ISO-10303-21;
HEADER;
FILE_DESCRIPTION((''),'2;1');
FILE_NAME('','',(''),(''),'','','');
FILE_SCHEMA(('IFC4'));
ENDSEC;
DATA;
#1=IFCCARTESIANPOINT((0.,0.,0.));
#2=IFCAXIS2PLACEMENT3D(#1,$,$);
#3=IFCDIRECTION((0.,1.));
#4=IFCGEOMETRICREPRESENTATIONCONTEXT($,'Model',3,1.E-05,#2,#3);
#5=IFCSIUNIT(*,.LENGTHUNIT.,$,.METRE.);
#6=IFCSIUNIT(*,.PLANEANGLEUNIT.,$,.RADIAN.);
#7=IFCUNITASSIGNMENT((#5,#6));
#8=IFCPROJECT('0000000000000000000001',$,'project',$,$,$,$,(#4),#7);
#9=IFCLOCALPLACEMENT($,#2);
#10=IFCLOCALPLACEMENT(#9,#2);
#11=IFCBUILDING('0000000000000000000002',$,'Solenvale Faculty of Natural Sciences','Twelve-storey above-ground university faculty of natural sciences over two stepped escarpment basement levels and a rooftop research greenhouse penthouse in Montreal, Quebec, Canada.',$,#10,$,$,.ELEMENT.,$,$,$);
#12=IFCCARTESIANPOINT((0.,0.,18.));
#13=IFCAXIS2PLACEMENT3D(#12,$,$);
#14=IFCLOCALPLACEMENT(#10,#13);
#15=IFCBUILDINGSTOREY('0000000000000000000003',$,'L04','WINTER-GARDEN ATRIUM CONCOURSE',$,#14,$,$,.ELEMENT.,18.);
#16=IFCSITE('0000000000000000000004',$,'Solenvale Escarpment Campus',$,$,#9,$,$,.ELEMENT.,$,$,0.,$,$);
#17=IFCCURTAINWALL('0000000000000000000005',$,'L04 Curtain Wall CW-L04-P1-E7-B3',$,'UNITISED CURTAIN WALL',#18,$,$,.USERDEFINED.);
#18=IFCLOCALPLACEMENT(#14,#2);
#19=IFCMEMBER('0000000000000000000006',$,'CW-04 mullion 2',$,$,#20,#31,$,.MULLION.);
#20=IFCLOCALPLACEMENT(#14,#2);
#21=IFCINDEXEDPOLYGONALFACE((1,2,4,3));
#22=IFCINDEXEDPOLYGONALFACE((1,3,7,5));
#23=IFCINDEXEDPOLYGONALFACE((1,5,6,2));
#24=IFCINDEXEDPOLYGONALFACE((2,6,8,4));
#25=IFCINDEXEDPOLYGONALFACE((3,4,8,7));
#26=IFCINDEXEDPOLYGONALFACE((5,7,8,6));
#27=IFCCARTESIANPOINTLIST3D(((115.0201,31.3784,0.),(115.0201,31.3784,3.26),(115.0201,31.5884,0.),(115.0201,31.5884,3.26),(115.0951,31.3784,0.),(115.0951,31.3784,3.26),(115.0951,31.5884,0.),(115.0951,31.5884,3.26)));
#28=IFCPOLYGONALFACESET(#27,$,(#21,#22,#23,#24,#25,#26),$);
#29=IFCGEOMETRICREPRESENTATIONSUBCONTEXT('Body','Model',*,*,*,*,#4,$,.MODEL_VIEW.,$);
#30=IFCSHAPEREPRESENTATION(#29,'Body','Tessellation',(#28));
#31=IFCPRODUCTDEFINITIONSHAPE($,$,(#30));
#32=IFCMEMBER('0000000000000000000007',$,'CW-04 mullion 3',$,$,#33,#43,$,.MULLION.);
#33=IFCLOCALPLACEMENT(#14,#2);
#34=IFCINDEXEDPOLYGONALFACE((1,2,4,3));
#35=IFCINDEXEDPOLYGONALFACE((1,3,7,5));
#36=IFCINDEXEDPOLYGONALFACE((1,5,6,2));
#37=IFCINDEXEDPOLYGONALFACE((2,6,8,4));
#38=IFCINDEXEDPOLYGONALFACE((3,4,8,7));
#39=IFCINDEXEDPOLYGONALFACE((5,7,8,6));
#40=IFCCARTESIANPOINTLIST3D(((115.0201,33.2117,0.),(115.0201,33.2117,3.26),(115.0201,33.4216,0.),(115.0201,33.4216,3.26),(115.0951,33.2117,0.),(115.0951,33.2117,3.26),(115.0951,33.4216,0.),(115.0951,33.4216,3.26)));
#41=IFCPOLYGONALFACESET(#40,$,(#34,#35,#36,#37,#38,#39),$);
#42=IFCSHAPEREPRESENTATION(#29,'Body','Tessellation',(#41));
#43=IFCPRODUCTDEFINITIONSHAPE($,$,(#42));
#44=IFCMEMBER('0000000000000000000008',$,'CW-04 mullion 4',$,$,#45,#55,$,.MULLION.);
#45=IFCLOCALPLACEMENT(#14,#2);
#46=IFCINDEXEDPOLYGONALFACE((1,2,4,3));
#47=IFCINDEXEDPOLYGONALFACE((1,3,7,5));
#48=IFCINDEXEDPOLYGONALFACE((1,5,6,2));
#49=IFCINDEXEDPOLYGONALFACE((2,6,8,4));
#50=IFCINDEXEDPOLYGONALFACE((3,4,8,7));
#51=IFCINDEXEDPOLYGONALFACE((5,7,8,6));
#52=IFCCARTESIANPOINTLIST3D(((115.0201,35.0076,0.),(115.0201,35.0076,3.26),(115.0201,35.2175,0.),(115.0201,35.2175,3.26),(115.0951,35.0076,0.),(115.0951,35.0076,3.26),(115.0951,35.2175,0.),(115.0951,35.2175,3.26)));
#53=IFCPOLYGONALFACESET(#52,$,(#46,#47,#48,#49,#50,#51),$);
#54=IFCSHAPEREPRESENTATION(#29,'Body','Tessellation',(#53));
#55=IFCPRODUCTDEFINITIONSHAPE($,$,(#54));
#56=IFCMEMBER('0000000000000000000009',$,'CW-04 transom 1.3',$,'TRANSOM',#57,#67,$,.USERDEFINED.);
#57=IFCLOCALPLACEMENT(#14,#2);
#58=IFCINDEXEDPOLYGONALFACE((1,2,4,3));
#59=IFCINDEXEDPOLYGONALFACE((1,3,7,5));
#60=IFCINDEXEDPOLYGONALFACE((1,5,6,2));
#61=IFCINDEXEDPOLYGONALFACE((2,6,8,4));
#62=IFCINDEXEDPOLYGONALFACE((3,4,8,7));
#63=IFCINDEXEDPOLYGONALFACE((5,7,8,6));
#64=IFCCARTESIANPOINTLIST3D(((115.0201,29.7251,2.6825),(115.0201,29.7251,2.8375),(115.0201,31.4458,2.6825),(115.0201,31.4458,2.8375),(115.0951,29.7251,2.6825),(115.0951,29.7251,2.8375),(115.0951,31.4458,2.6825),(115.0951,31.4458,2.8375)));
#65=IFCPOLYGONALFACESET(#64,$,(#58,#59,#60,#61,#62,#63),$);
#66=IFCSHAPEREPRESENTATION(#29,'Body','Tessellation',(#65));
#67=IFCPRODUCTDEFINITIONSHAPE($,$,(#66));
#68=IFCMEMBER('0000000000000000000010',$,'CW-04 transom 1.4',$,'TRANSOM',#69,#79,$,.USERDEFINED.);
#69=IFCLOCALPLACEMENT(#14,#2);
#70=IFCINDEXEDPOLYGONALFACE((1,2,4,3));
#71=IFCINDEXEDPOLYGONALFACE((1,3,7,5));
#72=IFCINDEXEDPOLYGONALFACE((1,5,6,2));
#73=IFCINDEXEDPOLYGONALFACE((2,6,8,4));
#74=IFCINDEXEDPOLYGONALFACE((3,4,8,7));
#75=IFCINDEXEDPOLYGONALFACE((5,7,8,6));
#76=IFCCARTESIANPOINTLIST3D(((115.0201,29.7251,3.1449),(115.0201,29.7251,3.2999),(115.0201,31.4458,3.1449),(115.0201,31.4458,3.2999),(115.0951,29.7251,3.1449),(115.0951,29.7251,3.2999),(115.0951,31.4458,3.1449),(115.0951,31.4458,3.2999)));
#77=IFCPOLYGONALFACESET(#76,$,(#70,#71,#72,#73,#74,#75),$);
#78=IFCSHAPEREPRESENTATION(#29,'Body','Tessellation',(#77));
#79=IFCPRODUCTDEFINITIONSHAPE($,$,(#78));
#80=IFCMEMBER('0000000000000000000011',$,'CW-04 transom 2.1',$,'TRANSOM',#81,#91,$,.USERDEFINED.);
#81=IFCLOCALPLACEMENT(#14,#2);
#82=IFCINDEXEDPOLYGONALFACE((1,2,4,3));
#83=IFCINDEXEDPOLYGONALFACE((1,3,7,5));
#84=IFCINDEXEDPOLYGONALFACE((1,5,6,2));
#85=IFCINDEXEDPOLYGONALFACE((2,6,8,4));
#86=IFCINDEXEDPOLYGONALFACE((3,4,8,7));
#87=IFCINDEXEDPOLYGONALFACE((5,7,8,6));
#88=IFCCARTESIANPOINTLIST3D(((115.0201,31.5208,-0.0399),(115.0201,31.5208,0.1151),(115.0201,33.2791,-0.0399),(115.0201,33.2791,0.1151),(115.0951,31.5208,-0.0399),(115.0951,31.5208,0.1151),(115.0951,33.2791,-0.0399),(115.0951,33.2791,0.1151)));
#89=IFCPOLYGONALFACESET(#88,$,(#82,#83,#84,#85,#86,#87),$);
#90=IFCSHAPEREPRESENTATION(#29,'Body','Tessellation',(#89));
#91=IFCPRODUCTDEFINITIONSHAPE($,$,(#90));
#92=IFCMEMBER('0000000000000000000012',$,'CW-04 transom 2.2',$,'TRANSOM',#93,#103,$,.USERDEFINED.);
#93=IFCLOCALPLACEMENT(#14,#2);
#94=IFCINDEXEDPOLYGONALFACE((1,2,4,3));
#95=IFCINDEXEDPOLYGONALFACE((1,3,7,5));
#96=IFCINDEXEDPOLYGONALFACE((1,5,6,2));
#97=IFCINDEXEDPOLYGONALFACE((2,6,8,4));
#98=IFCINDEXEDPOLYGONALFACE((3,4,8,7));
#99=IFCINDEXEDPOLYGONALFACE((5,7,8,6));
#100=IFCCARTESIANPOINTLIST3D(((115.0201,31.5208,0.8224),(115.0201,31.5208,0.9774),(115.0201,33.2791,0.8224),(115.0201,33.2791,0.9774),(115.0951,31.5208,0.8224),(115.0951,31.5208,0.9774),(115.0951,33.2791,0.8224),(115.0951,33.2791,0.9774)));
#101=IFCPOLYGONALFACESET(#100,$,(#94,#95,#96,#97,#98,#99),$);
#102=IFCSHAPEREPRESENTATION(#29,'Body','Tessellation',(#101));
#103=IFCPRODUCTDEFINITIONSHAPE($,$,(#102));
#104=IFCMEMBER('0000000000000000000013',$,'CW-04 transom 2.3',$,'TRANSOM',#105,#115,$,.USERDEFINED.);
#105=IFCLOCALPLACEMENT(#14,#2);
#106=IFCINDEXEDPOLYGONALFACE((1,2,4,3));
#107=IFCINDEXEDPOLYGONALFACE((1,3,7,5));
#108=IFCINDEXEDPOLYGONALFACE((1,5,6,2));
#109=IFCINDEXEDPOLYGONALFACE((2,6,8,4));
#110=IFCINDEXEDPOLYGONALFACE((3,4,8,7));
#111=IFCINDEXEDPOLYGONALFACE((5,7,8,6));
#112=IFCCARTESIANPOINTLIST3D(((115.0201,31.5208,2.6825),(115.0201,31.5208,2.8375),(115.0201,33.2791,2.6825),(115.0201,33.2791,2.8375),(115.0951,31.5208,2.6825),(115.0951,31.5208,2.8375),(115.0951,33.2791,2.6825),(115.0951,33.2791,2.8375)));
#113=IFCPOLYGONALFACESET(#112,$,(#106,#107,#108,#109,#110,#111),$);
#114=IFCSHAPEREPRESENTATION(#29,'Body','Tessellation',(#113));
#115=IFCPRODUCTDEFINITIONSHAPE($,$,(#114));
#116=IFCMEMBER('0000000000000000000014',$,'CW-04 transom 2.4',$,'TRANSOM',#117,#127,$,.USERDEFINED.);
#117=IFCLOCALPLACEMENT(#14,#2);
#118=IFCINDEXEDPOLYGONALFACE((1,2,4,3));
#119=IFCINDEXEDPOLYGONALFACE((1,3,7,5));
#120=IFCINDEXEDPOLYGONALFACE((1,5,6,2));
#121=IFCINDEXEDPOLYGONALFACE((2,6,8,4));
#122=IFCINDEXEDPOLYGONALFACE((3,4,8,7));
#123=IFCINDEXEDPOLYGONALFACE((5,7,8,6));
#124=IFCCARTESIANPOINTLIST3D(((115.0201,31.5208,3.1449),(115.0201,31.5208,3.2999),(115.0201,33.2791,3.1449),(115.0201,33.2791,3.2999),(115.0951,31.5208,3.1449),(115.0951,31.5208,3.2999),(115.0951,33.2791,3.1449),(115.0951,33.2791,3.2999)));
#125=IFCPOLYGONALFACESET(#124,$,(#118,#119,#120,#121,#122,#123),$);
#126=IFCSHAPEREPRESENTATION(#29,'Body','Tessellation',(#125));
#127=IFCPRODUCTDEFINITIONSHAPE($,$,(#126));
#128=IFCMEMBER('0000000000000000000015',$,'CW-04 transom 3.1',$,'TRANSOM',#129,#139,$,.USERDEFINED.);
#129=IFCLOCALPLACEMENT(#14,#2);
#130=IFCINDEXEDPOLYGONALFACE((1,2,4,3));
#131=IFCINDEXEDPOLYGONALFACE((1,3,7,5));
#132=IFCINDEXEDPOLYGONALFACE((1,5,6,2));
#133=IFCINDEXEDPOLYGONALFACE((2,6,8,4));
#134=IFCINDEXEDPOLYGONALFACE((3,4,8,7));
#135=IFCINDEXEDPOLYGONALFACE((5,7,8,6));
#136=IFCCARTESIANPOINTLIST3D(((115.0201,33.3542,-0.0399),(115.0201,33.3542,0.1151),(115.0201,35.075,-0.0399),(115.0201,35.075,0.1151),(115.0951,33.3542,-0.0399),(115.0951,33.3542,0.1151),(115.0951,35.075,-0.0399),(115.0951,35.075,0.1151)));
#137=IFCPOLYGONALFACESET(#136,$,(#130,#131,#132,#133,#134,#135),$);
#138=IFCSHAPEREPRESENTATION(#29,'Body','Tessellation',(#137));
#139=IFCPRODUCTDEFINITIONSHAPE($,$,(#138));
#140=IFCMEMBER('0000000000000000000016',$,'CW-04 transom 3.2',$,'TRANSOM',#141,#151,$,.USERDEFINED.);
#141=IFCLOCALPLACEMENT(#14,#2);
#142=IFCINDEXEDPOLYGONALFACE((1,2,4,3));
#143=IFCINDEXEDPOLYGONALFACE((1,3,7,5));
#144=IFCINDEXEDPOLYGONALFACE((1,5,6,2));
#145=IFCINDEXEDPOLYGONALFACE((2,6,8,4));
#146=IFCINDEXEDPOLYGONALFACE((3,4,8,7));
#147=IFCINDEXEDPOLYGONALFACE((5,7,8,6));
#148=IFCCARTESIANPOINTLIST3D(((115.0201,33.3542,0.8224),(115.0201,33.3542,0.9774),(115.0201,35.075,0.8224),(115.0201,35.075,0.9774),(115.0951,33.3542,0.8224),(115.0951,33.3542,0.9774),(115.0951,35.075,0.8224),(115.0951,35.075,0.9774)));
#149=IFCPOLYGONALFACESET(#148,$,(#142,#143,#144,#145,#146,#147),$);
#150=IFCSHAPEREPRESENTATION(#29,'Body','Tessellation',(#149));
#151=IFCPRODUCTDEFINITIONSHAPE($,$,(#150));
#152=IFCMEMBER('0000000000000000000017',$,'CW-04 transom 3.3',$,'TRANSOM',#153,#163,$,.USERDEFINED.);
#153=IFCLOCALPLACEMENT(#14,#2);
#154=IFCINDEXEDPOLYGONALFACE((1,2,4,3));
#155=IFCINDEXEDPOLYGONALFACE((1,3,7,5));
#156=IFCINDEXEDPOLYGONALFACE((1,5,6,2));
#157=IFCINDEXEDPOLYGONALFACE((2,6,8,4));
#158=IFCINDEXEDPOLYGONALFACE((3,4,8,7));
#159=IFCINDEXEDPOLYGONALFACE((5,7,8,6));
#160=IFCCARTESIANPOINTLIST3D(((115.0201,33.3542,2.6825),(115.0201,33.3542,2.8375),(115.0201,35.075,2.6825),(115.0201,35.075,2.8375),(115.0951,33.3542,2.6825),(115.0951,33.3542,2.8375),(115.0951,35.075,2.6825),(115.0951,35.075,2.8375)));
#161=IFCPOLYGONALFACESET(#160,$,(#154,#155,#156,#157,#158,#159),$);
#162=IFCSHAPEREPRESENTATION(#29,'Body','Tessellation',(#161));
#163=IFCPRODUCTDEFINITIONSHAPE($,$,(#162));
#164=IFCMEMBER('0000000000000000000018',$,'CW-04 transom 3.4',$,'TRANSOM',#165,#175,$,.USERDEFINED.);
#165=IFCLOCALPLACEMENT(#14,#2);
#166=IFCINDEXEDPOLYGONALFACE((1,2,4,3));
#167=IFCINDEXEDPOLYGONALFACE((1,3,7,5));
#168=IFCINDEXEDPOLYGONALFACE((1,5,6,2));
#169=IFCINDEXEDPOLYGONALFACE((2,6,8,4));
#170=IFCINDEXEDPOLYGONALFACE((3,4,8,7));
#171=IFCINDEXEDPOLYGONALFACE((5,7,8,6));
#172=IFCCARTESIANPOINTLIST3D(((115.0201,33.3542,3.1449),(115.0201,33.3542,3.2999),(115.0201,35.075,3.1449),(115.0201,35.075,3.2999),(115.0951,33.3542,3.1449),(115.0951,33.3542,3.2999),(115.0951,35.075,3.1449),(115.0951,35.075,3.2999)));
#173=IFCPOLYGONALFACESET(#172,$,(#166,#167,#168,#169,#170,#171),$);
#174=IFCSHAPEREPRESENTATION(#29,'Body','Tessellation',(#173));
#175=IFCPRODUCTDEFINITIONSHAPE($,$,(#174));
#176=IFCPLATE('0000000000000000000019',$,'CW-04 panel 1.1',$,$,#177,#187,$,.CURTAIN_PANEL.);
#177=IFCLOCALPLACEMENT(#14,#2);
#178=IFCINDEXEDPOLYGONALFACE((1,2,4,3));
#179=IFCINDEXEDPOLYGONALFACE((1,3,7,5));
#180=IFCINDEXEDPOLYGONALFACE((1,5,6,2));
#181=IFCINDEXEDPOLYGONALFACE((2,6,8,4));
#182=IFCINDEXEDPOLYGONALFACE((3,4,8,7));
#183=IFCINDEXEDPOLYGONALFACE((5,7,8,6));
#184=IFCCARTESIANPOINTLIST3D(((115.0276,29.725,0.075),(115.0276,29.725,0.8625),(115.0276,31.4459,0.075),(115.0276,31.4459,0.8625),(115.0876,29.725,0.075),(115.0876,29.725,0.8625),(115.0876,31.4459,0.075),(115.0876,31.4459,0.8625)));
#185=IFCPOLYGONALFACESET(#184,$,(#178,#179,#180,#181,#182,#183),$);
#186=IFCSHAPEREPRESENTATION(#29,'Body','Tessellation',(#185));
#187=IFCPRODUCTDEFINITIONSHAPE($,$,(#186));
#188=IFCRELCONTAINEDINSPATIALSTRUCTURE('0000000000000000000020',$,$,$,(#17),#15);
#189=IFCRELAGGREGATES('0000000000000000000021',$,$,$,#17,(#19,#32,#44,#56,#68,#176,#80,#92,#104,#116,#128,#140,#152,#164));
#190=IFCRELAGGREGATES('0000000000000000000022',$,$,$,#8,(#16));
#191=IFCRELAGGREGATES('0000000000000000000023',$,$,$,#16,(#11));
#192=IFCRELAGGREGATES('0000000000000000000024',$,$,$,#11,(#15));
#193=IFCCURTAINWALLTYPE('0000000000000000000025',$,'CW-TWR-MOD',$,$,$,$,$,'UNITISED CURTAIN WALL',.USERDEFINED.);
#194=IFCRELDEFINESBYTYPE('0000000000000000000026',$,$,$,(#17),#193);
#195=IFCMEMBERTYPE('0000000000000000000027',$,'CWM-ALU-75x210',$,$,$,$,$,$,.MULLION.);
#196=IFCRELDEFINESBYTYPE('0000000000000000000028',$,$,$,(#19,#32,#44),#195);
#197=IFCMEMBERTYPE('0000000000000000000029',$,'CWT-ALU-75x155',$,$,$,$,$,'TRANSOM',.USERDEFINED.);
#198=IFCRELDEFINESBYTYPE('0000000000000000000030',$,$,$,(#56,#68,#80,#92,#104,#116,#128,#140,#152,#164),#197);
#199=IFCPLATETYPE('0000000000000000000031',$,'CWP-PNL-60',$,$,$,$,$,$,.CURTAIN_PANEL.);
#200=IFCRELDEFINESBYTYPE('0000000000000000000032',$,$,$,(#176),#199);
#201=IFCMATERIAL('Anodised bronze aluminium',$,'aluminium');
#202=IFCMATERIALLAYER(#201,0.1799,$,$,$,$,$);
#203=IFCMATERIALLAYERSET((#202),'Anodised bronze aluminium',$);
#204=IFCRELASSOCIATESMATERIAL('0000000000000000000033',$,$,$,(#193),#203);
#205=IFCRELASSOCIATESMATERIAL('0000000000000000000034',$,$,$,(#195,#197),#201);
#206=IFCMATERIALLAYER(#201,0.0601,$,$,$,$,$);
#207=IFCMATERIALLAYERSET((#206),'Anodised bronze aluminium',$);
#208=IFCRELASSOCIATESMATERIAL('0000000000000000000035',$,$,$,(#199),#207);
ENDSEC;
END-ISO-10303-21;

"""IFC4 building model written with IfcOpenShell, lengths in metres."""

from ifc_helpers import new_model, si_unit, direction, frame, origin, origin_2d, place, context, subcontext, project, spatial, rectangle, extrude, material, layer, layer_set, material_profile, profile_set, type_object, element, aggregate, save


model = new_model("IFC4")

# Units and contexts
model_context = context("Model", 3, precision=1e-05, world=origin(), true_north=direction((0.0, 1.0)))
body_context = subcontext(model_context, "Body", "Model", "MODEL_VIEW")
ifc_project = project(units=[si_unit("LENGTHUNIT", "METRE"), si_unit("PLANEANGLEUNIT", "RADIAN")], contexts=[model_context])

# Site, building, storey
site_placement = place(None, origin())
site = spatial("IfcSite", under=ifc_project, at=site_placement, Name="Solenvale Escarpment Campus", CompositionType="ELEMENT", RefElevation=0.0)
building_placement = place(site_placement, origin())
building = spatial("IfcBuilding", under=site, at=building_placement, Name="Solenvale Faculty of Natural Sciences", Description="Twelve-storey above-ground university faculty of natural sciences over two stepped escarpment basement levels and a rooftop research greenhouse penthouse in Montreal, Quebec, Canada.", CompositionType="ELEMENT")
storey_placement = place(building_placement, frame((0.0, 0.0, 18.0)))
storey = spatial("IfcBuildingStorey", under=building, at=storey_placement, Name="L04", Description="WINTER-GARDEN ATRIUM CONCOURSE", CompositionType="ELEMENT", Elevation=18.0)

# Curtain wall, members, plate
ifc_material_1 = material(Name="Anodised bronze aluminium", Category="aluminium")
ifc_layer_1 = layer(ifc_material_1, 0.1799)
ifc_layer_set_1 = layer_set([ifc_layer_1], Name="Anodised bronze aluminium")
curtain_wall_type = type_object("IfcCurtainWallType", Name="CW-TWR-MOD", ElementType="UNITISED CURTAIN WALL", PredefinedType="USERDEFINED", material=ifc_layer_set_1)
curtain_wall_placement = place(storey_placement, origin())
curtain_wall = element("IfcCurtainWall", 1, at=curtain_wall_placement, inside=storey, type_object=curtain_wall_type, Name="L04 Curtain Wall CW-L04-P1-E7-B3", ObjectType="UNITISED CURTAIN WALL", PredefinedType="USERDEFINED")
ifc_material_profile_1 = material_profile(ifc_material_1, rectangle(XDim=0.075, YDim=0.21, at=origin_2d()), Name="ALU-MUL-75x210")
ifc_profile_set_1 = profile_set([ifc_material_profile_1], Name="Anodised bronze aluminium")
member_type_1 = type_object("IfcMemberType", Name="CWM-ALU-75x210", PredefinedType="MULLION", material=ifc_profile_set_1)
member_1_placement = place(storey_placement, frame((115.0576, 31.4834, 0.0), z_axis=(0.0, 0.0, 1.0), x_axis=(-1.0, 0.0, 0.0)))
member_1 = element("IfcMember", 2, at=member_1_placement, type_object=member_type_1, Name="CW-04 mullion 2", PredefinedType="MULLION", context=body_context, shape_type="SweptSolid", body=[
    extrude(rectangle(XDim=0.075, YDim=0.21, at=origin_2d()), origin(), (0.0, 0.0, 1.0), 3.26),
])
member_2_placement = place(storey_placement, frame((115.0576, 33.3167, 0.0), z_axis=(0.0, 0.0, 1.0), x_axis=(-1.0, 0.0, 0.0)))
member_2 = element("IfcMember", 3, at=member_2_placement, type_object=member_type_1, Name="CW-04 mullion 3", PredefinedType="MULLION", context=body_context, shape_type="SweptSolid", body=[
    extrude(rectangle(XDim=0.075, YDim=0.21, at=origin_2d()), origin(), (0.0, 0.0, 1.0), 3.26),
])
member_3_placement = place(storey_placement, frame((115.0576, 35.1125, 0.0), z_axis=(0.0, 0.0, 1.0), x_axis=(-1.0, 0.0, 0.0)))
member_3 = element("IfcMember", 4, at=member_3_placement, type_object=member_type_1, Name="CW-04 mullion 4", PredefinedType="MULLION", context=body_context, shape_type="SweptSolid", body=[
    extrude(rectangle(XDim=0.075, YDim=0.21, at=origin_2d()), origin(), (0.0, 0.0, 1.0), 3.26),
])
ifc_material_profile_2 = material_profile(ifc_material_1, rectangle(XDim=0.075, YDim=0.155, at=origin_2d()), Name="ALU-TRN-75x155")
ifc_profile_set_2 = profile_set([ifc_material_profile_2], Name="Anodised bronze aluminium")
member_type_2 = type_object("IfcMemberType", Name="CWT-ALU-75x155", ElementType="TRANSOM", PredefinedType="USERDEFINED", material=ifc_profile_set_2)
member_4_placement = place(storey_placement, frame((115.0576, 29.7251, 2.76), z_axis=(0.0, 1.0, 0.0), x_axis=(-1.0, 0.0, 0.0)))
member_4 = element("IfcMember", 5, at=member_4_placement, type_object=member_type_2, Name="CW-04 transom 1.3", ObjectType="TRANSOM", PredefinedType="USERDEFINED", context=body_context, shape_type="SweptSolid", body=[
    extrude(rectangle(XDim=0.075, YDim=0.155, at=origin_2d()), origin(), (0.0, 0.0, 1.0), 1.7207),
])
member_5_placement = place(storey_placement, frame((115.0576, 29.7251, 3.2224), z_axis=(0.0, 1.0, 0.0), x_axis=(-1.0, 0.0, 0.0)))
member_5 = element("IfcMember", 6, at=member_5_placement, type_object=member_type_2, Name="CW-04 transom 1.4", ObjectType="TRANSOM", PredefinedType="USERDEFINED", context=body_context, shape_type="SweptSolid", body=[
    extrude(rectangle(XDim=0.075, YDim=0.155, at=origin_2d()), origin(), (0.0, 0.0, 1.0), 1.7207),
])
member_6_placement = place(storey_placement, frame((115.0576, 31.5208, 0.0376), z_axis=(0.0, 1.0, 0.0), x_axis=(-1.0, 0.0, 0.0)))
member_6 = element("IfcMember", 7, at=member_6_placement, type_object=member_type_2, Name="CW-04 transom 2.1", ObjectType="TRANSOM", PredefinedType="USERDEFINED", context=body_context, shape_type="SweptSolid", body=[
    extrude(rectangle(XDim=0.075, YDim=0.155, at=origin_2d()), origin(), (0.0, 0.0, 1.0), 1.7583),
])
member_7_placement = place(storey_placement, frame((115.0576, 31.5208, 0.8999), z_axis=(0.0, 1.0, 0.0), x_axis=(-1.0, 0.0, 0.0)))
member_7 = element("IfcMember", 8, at=member_7_placement, type_object=member_type_2, Name="CW-04 transom 2.2", ObjectType="TRANSOM", PredefinedType="USERDEFINED", context=body_context, shape_type="SweptSolid", body=[
    extrude(rectangle(XDim=0.075, YDim=0.155, at=origin_2d()), origin(), (0.0, 0.0, 1.0), 1.7583),
])
member_8_placement = place(storey_placement, frame((115.0576, 31.5208, 2.76), z_axis=(0.0, 1.0, 0.0), x_axis=(-1.0, 0.0, 0.0)))
member_8 = element("IfcMember", 9, at=member_8_placement, type_object=member_type_2, Name="CW-04 transom 2.3", ObjectType="TRANSOM", PredefinedType="USERDEFINED", context=body_context, shape_type="SweptSolid", body=[
    extrude(rectangle(XDim=0.075, YDim=0.155, at=origin_2d()), origin(), (0.0, 0.0, 1.0), 1.7583),
])
member_9_placement = place(storey_placement, frame((115.0576, 31.5208, 3.2224), z_axis=(0.0, 1.0, 0.0), x_axis=(-1.0, 0.0, 0.0)))
member_9 = element("IfcMember", 10, at=member_9_placement, type_object=member_type_2, Name="CW-04 transom 2.4", ObjectType="TRANSOM", PredefinedType="USERDEFINED", context=body_context, shape_type="SweptSolid", body=[
    extrude(rectangle(XDim=0.075, YDim=0.155, at=origin_2d()), origin(), (0.0, 0.0, 1.0), 1.7583),
])
member_10_placement = place(storey_placement, frame((115.0576, 33.3542, 0.0376), z_axis=(0.0, 1.0, 0.0), x_axis=(-1.0, 0.0, 0.0)))
member_10 = element("IfcMember", 11, at=member_10_placement, type_object=member_type_2, Name="CW-04 transom 3.1", ObjectType="TRANSOM", PredefinedType="USERDEFINED", context=body_context, shape_type="SweptSolid", body=[
    extrude(rectangle(XDim=0.075, YDim=0.155, at=origin_2d()), origin(), (0.0, 0.0, 1.0), 1.7207),
])
member_11_placement = place(storey_placement, frame((115.0576, 33.3542, 0.8999), z_axis=(0.0, 1.0, 0.0), x_axis=(-1.0, 0.0, 0.0)))
member_11 = element("IfcMember", 12, at=member_11_placement, type_object=member_type_2, Name="CW-04 transom 3.2", ObjectType="TRANSOM", PredefinedType="USERDEFINED", context=body_context, shape_type="SweptSolid", body=[
    extrude(rectangle(XDim=0.075, YDim=0.155, at=origin_2d()), origin(), (0.0, 0.0, 1.0), 1.7207),
])
member_12_placement = place(storey_placement, frame((115.0576, 33.3542, 2.76), z_axis=(0.0, 1.0, 0.0), x_axis=(-1.0, 0.0, 0.0)))
member_12 = element("IfcMember", 13, at=member_12_placement, type_object=member_type_2, Name="CW-04 transom 3.3", ObjectType="TRANSOM", PredefinedType="USERDEFINED", context=body_context, shape_type="SweptSolid", body=[
    extrude(rectangle(XDim=0.075, YDim=0.155, at=origin_2d()), origin(), (0.0, 0.0, 1.0), 1.7207),
])
member_13_placement = place(storey_placement, frame((115.0576, 33.3542, 3.2224), z_axis=(0.0, 1.0, 0.0), x_axis=(-1.0, 0.0, 0.0)))
member_13 = element("IfcMember", 14, at=member_13_placement, type_object=member_type_2, Name="CW-04 transom 3.4", ObjectType="TRANSOM", PredefinedType="USERDEFINED", context=body_context, shape_type="SweptSolid", body=[
    extrude(rectangle(XDim=0.075, YDim=0.155, at=origin_2d()), origin(), (0.0, 0.0, 1.0), 1.7207),
])
ifc_layer_2 = layer(ifc_material_1, 0.0601)
ifc_layer_set_2 = layer_set([ifc_layer_2], Name="Anodised bronze aluminium")
plate_type = type_object("IfcPlateType", Name="CWP-PNL-60", PredefinedType="CURTAIN_PANEL", material=ifc_layer_set_2)
plate_1_placement = place(storey_placement, frame((115.0576, 30.5854, 0.075), z_axis=(0.0, 0.0, 1.0), x_axis=(0.0, 1.0, 0.0)))
plate_1 = element("IfcPlate", 15, at=plate_1_placement, type_object=plate_type, Name="CW-04 panel 1.1", PredefinedType="CURTAIN_PANEL", context=body_context, shape_type="SweptSolid", body=[
    extrude(rectangle(XDim=1.7209, YDim=0.0601, at=origin_2d()), origin(), (0.0, 0.0, 1.0), 0.7876),
])
aggregate(curtain_wall, [member_1, member_2, member_3, member_4, member_5, plate_1, member_6, member_7, member_8, member_9, member_10, member_11, member_12, member_13])

save(model, "model.ifc")
